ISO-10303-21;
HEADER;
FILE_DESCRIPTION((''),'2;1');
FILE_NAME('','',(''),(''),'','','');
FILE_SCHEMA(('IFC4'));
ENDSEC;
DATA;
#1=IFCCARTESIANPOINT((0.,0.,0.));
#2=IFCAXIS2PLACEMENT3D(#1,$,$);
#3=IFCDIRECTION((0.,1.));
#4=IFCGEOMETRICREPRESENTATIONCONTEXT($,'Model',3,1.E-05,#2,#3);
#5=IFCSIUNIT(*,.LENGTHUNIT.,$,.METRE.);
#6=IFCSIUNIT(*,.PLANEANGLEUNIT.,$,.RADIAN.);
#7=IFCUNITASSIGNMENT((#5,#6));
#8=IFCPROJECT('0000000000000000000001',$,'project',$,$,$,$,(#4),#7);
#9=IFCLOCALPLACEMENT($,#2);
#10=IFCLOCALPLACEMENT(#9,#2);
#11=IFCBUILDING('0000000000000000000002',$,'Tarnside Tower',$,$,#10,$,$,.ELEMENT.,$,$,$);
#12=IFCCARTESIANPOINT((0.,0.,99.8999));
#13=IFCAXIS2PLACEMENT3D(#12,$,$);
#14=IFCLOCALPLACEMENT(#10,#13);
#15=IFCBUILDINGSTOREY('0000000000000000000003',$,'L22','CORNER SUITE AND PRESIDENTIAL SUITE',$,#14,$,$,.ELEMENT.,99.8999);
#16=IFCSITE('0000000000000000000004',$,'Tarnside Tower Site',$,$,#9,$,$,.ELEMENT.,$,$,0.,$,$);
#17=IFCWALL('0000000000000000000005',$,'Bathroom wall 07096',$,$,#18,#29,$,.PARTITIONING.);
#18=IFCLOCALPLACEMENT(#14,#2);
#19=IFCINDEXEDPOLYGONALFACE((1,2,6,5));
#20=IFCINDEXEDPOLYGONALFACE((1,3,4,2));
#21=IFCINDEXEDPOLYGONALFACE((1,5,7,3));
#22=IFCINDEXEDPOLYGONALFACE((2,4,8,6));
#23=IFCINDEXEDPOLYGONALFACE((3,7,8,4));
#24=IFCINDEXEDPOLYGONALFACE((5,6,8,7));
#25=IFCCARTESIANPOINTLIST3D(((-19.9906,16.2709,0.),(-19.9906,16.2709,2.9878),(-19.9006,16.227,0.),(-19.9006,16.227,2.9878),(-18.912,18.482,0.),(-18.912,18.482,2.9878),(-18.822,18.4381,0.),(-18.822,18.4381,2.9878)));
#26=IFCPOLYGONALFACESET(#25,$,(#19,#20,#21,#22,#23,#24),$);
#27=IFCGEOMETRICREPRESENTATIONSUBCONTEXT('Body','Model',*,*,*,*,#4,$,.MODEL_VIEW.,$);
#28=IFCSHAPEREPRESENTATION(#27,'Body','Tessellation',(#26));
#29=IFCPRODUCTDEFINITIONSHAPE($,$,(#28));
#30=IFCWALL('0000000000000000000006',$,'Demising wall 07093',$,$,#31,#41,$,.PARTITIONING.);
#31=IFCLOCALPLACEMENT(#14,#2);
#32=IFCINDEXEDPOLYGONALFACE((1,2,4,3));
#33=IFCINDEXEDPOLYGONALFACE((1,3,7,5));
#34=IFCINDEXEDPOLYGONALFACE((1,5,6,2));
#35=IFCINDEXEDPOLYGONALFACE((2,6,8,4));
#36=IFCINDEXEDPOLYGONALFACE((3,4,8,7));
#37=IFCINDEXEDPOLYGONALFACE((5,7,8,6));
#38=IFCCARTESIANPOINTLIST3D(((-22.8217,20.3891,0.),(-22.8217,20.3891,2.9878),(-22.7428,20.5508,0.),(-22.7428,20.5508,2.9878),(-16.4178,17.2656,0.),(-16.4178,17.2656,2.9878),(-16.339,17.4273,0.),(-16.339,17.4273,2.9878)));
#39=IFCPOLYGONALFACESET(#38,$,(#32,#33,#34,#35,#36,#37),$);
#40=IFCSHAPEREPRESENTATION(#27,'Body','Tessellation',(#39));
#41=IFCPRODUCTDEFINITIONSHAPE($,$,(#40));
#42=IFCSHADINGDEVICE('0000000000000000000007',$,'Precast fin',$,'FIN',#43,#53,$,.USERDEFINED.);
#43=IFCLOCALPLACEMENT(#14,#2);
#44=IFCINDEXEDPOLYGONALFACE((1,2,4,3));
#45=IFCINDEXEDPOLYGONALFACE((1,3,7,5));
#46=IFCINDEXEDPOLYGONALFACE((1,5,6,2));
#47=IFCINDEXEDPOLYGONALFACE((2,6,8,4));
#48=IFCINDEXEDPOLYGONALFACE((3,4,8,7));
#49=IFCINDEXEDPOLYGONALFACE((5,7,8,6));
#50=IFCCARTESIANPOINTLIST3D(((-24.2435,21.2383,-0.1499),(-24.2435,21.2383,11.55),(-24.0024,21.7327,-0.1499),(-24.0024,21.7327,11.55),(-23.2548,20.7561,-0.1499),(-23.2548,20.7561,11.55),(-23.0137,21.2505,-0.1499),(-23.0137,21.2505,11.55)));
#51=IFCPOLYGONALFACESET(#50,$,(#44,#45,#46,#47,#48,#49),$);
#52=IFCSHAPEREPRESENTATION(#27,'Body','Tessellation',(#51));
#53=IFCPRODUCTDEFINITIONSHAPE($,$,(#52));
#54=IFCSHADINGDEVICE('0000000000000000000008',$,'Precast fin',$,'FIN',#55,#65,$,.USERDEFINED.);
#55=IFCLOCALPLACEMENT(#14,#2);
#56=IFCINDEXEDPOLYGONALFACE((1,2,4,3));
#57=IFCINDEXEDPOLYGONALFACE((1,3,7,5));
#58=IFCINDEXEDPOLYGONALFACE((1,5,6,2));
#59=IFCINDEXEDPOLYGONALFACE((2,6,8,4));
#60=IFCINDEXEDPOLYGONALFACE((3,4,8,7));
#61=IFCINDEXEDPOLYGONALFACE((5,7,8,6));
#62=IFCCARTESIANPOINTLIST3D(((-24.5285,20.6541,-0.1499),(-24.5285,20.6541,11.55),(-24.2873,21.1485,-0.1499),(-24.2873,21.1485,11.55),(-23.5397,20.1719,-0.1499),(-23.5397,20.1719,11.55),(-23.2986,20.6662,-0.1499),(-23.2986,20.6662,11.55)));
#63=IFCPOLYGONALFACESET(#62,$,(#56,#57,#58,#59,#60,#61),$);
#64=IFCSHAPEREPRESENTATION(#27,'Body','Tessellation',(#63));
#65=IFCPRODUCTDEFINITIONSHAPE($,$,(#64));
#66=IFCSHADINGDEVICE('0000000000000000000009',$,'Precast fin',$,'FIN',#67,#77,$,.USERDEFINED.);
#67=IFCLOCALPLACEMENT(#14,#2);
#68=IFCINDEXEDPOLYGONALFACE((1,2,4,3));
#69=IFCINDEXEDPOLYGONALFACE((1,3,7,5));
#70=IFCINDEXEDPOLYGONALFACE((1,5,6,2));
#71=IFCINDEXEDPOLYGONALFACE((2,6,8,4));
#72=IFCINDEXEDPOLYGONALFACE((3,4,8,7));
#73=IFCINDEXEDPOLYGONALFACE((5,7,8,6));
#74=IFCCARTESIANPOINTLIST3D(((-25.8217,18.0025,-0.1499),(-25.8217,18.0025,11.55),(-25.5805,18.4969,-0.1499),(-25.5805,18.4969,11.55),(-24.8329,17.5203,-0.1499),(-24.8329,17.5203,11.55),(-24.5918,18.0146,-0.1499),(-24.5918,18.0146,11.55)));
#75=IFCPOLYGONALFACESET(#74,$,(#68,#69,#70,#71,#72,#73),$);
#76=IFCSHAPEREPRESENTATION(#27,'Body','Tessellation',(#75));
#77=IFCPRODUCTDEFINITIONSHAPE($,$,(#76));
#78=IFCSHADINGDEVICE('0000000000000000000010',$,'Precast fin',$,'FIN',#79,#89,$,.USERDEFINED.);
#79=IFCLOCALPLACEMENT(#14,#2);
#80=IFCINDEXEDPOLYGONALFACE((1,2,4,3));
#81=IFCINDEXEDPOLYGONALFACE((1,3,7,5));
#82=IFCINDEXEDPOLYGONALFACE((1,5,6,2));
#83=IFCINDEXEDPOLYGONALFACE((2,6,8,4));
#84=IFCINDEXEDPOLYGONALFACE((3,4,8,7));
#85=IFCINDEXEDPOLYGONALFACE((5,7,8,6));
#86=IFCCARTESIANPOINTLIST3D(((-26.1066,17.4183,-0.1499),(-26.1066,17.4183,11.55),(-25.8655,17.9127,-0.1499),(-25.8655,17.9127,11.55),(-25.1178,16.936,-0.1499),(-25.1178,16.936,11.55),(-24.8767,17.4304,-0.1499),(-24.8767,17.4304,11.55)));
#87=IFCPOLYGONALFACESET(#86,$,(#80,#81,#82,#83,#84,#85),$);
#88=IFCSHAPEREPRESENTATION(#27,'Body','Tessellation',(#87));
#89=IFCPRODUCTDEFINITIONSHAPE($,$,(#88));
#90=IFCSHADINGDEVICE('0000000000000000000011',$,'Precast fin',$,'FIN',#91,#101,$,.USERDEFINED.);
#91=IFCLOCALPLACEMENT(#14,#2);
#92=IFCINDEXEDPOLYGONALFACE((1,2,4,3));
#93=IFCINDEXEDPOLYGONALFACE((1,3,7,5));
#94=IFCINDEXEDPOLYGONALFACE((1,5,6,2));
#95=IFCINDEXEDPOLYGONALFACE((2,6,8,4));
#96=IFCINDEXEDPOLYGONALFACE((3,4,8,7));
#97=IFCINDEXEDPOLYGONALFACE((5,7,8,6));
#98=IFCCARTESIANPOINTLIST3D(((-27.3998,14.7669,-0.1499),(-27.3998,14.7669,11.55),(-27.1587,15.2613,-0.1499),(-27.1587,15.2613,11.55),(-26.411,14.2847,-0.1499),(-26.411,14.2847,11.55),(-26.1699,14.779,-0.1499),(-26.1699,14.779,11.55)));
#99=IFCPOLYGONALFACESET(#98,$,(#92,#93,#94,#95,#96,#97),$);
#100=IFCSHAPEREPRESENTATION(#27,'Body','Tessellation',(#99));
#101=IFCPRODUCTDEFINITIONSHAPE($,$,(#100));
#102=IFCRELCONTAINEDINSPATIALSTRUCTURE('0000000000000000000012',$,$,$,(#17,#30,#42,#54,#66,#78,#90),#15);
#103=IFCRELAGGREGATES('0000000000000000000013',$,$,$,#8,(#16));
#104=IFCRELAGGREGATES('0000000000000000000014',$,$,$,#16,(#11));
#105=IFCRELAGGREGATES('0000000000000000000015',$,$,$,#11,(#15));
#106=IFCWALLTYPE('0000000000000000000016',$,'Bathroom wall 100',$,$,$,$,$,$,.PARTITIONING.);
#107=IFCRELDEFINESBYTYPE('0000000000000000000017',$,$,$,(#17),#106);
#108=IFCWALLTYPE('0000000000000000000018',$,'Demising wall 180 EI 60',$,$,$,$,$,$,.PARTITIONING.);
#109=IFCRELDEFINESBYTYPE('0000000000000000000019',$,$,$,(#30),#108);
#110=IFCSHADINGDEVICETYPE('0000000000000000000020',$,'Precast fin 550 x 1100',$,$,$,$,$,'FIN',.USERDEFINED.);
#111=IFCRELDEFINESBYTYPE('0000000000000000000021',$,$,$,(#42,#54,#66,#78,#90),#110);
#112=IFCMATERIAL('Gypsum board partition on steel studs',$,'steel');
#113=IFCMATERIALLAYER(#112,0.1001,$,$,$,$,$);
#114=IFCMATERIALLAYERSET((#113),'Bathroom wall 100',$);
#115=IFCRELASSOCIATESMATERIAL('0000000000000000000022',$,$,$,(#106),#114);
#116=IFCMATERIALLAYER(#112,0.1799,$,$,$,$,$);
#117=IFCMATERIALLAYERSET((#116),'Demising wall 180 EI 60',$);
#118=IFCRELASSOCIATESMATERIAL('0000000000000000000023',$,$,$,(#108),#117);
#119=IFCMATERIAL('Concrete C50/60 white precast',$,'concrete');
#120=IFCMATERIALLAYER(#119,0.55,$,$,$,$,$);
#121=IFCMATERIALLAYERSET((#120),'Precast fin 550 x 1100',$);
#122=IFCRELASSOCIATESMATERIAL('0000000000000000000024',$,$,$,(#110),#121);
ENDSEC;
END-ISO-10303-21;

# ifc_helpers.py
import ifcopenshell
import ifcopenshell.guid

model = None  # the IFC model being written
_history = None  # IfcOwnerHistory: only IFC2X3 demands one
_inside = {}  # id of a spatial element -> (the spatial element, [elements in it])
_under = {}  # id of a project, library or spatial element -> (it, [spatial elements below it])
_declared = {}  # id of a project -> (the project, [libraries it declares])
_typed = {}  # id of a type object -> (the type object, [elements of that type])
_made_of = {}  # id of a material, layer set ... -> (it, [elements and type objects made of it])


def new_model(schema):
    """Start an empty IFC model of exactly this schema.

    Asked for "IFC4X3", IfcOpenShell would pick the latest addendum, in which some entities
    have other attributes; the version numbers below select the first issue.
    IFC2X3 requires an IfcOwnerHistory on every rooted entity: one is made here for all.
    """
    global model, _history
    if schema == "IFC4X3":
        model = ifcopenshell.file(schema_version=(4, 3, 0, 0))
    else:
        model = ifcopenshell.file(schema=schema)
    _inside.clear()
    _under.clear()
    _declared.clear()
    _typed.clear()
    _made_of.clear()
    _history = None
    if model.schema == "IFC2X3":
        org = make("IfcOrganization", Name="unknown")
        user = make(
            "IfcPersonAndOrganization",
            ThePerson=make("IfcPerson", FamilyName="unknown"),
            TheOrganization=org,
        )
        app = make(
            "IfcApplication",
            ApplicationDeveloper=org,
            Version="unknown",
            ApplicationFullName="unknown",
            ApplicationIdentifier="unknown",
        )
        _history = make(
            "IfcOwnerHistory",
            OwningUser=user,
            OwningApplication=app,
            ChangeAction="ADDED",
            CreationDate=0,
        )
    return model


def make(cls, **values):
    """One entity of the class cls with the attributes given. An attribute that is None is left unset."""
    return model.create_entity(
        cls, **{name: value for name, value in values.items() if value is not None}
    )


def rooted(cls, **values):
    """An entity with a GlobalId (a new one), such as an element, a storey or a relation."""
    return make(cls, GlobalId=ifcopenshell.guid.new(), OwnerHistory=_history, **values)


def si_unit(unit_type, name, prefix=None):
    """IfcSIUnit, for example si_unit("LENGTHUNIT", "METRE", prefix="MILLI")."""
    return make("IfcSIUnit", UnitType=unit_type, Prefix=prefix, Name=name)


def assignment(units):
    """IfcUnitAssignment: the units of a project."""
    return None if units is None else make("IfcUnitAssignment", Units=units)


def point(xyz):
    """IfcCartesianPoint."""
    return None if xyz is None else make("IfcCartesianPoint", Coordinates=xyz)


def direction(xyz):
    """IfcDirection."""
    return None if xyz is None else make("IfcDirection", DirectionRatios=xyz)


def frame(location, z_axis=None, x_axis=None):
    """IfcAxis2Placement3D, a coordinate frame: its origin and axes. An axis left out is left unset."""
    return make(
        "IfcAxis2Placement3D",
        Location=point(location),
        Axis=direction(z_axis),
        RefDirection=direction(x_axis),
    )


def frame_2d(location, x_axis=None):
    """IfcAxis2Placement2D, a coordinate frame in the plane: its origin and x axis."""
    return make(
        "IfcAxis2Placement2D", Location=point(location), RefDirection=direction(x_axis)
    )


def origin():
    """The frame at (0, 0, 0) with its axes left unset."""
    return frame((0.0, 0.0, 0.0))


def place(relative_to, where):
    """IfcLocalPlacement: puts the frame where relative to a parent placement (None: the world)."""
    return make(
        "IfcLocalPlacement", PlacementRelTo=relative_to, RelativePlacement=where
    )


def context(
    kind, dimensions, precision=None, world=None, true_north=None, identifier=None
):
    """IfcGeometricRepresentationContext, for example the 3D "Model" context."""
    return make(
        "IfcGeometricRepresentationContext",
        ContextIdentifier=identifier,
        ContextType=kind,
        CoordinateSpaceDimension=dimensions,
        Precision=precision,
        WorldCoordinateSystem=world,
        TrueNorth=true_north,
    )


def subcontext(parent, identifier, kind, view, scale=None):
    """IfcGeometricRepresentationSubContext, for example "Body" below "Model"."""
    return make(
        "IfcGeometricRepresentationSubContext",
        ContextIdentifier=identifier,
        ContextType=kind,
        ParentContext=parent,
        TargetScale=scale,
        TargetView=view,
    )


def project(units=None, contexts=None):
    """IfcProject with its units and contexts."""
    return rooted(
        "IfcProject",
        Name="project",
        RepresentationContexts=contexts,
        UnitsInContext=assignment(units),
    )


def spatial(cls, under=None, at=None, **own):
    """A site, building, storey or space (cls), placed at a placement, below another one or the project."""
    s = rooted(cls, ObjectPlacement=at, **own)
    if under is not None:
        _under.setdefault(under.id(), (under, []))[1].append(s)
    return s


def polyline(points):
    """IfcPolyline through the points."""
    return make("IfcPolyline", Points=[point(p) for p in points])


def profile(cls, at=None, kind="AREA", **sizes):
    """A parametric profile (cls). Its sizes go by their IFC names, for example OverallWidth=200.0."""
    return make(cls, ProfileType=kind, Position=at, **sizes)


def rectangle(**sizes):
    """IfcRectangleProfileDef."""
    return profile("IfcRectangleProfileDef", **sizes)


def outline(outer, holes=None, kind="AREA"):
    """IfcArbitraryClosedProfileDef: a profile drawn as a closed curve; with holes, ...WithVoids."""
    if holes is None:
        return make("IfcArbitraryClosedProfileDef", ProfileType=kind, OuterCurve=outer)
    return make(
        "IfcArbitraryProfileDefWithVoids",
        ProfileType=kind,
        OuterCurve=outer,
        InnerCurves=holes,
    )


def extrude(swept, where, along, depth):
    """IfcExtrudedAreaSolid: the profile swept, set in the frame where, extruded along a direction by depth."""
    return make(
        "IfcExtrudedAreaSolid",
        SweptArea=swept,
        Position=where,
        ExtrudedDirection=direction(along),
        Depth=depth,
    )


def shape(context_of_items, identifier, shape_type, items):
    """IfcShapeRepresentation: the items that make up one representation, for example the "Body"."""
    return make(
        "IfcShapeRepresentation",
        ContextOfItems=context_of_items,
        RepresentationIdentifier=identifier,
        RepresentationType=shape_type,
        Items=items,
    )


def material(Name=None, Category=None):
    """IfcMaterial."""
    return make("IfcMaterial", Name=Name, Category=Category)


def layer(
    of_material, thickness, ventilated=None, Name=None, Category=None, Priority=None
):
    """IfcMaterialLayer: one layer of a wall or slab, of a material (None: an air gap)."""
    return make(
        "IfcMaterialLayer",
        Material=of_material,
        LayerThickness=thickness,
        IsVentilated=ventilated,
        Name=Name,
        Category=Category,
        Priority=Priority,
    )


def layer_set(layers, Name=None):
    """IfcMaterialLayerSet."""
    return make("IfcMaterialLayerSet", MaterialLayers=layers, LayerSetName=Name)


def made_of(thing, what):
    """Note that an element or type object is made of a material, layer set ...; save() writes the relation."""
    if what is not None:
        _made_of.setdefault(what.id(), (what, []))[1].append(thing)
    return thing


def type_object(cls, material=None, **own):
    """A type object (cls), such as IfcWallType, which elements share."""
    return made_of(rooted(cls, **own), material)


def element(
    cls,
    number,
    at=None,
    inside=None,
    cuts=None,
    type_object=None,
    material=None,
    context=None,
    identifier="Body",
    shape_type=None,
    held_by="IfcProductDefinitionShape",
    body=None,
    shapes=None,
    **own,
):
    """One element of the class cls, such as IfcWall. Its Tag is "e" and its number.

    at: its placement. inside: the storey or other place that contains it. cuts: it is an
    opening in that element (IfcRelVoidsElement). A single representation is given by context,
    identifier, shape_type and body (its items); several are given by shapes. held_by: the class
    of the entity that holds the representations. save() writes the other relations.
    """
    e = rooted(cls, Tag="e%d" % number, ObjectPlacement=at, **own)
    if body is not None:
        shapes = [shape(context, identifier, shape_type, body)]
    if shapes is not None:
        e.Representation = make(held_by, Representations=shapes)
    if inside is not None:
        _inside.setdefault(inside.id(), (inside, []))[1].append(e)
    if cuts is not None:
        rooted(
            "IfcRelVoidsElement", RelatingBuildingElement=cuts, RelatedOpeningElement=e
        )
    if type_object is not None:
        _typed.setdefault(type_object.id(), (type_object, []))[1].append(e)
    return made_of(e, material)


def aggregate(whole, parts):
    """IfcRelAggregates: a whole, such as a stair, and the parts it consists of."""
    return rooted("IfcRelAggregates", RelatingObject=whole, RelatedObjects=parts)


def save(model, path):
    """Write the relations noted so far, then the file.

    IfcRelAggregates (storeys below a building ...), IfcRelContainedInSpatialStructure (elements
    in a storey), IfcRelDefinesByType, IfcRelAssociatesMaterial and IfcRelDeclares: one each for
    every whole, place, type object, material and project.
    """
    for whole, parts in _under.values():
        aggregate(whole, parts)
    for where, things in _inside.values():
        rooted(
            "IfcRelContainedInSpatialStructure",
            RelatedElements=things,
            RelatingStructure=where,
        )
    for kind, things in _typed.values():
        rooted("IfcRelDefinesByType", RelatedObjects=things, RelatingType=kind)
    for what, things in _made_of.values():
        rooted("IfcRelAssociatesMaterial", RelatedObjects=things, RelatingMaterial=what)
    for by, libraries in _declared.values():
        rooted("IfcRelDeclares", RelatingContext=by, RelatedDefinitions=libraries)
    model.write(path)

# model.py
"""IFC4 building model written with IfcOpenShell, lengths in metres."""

from ifc_helpers import new_model, si_unit, direction, frame, frame_2d, origin, place, context, subcontext, project, spatial, polyline, rectangle, outline, extrude, material, layer, layer_set, type_object, element, save


model = new_model("IFC4")

# Units and contexts
model_context = context("Model", 3, precision=1e-05, world=origin(), true_north=direction((0.0, 1.0)))
body_context = subcontext(model_context, "Body", "Model", "MODEL_VIEW")
ifc_project = project(units=[si_unit("LENGTHUNIT", "METRE"), si_unit("PLANEANGLEUNIT", "RADIAN")], contexts=[model_context])

# Site, building, storey
site_placement = place(None, origin())
site = spatial("IfcSite", under=ifc_project, at=site_placement, Name="Tarnside Tower Site", CompositionType="ELEMENT", RefElevation=0.0)
building_placement = place(site_placement, origin())
building = spatial("IfcBuilding", under=site, at=building_placement, Name="Tarnside Tower", CompositionType="ELEMENT")
storey_placement = place(building_placement, frame((0.0, 0.0, 99.8999)))
storey = spatial("IfcBuildingStorey", under=building, at=storey_placement, Name="L22", Description="CORNER SUITE AND PRESIDENTIAL SUITE", CompositionType="ELEMENT", Elevation=99.8999)

# Shared definitions
ifc_material_1 = material(Name="Gypsum board partition on steel studs", Category="steel")
ifc_layer_1 = layer(ifc_material_1, 0.1001)
ifc_layer_set_1 = layer_set([ifc_layer_1], Name="Bathroom wall 100")
wall_type_1 = type_object("IfcWallType", Name="Bathroom wall 100", PredefinedType="PARTITIONING", material=ifc_layer_set_1)

# Walls
wall_1_placement = place(storey_placement, frame((-19.9456, 16.249, 0.0), z_axis=(0.0, 0.0, 1.0), x_axis=(0.43842, 0.89877, 0.0)))
element("IfcWall", 1, at=wall_1_placement, inside=storey, type_object=wall_type_1, Name="Bathroom wall 07096", PredefinedType="PARTITIONING", context=body_context, shape_type="SweptSolid", body=[
    extrude(rectangle(XDim=2.4602, YDim=0.1001, at=frame_2d((1.23, 0.0))), origin(), (0.0, 0.0, 1.0), 2.9878),
])
ifc_layer_2 = layer(ifc_material_1, 0.1799)
ifc_layer_set_2 = layer_set([ifc_layer_2], Name="Demising wall 180 EI 60")
wall_type_2 = type_object("IfcWallType", Name="Demising wall 180 EI 60", PredefinedType="PARTITIONING", material=ifc_layer_set_2)
wall_2_placement = place(storey_placement, frame((-22.7822, 20.47, 0.0), z_axis=(0.0, 0.0, 1.0), x_axis=(0.898784, -0.438393, 0.0)))
element("IfcWall", 2, at=wall_2_placement, inside=storey, type_object=wall_type_2, Name="Demising wall 07093", PredefinedType="PARTITIONING", context=body_context, shape_type="SweptSolid", body=[
    extrude(rectangle(XDim=7.125, YDim=0.1799, at=frame_2d((3.5625, 0.0))), origin(), (0.0, 0.0, 1.0), 2.9878),
])

# Shading devices
ifc_material_2 = material(Name="Concrete C50/60 white precast", Category="concrete")
ifc_layer_3 = layer(ifc_material_2, 0.55)
ifc_layer_set_3 = layer_set([ifc_layer_3], Name="Precast fin 550 x 1100")
shading_device_type = type_object("IfcShadingDeviceType", Name="Precast fin 550 x 1100", ElementType="FIN", PredefinedType="USERDEFINED", material=ifc_layer_set_3)
for number, where, z_axis, x_axis, name in (
    (3, (-23.1343, 21.0032, -0.1499), (0.438371, 0.898794, 0.0), (-0.898794, 0.438371, 0.0), "Precast fin"),
    (4, (-23.4192, 20.4189, -0.1499), (0.438371, 0.898794, 0.0), (-0.898794, 0.438371, 0.0), "Precast fin"),
    (5, (-24.7124, 17.7673, -0.1499), (0.438371, 0.898794, 0.0), (-0.898794, 0.438371, 0.0), "Precast fin"),
    (6, (-24.9973, 17.1831, -0.1499), (0.438371, 0.898794, 0.0), (-0.898794, 0.438371, 0.0), "Precast fin"),
    (7, (-26.2905, 14.5317, -0.1499), (0.438371, 0.898794, 0.0), (-0.898794, 0.438371, 0.0), "Precast fin"),
):
    element("IfcShadingDevice", number, at=place(storey_placement, frame(where, z_axis=z_axis, x_axis=x_axis)), inside=storey, type_object=shading_device_type, Name=name, ObjectType="FIN", PredefinedType="USERDEFINED", context=body_context, shape_type="SweptSolid", body=[
        extrude(outline(polyline([(0.0, 0.0), (1.1001, 0.0), (1.1001, 11.7), (0.0, 11.7), (0.0, 0.0)])), frame((0.0, 0.0, -0.2749)), (0.0, 0.0, 1.0), 0.55),
    ])

save(model, "model.ifc")
